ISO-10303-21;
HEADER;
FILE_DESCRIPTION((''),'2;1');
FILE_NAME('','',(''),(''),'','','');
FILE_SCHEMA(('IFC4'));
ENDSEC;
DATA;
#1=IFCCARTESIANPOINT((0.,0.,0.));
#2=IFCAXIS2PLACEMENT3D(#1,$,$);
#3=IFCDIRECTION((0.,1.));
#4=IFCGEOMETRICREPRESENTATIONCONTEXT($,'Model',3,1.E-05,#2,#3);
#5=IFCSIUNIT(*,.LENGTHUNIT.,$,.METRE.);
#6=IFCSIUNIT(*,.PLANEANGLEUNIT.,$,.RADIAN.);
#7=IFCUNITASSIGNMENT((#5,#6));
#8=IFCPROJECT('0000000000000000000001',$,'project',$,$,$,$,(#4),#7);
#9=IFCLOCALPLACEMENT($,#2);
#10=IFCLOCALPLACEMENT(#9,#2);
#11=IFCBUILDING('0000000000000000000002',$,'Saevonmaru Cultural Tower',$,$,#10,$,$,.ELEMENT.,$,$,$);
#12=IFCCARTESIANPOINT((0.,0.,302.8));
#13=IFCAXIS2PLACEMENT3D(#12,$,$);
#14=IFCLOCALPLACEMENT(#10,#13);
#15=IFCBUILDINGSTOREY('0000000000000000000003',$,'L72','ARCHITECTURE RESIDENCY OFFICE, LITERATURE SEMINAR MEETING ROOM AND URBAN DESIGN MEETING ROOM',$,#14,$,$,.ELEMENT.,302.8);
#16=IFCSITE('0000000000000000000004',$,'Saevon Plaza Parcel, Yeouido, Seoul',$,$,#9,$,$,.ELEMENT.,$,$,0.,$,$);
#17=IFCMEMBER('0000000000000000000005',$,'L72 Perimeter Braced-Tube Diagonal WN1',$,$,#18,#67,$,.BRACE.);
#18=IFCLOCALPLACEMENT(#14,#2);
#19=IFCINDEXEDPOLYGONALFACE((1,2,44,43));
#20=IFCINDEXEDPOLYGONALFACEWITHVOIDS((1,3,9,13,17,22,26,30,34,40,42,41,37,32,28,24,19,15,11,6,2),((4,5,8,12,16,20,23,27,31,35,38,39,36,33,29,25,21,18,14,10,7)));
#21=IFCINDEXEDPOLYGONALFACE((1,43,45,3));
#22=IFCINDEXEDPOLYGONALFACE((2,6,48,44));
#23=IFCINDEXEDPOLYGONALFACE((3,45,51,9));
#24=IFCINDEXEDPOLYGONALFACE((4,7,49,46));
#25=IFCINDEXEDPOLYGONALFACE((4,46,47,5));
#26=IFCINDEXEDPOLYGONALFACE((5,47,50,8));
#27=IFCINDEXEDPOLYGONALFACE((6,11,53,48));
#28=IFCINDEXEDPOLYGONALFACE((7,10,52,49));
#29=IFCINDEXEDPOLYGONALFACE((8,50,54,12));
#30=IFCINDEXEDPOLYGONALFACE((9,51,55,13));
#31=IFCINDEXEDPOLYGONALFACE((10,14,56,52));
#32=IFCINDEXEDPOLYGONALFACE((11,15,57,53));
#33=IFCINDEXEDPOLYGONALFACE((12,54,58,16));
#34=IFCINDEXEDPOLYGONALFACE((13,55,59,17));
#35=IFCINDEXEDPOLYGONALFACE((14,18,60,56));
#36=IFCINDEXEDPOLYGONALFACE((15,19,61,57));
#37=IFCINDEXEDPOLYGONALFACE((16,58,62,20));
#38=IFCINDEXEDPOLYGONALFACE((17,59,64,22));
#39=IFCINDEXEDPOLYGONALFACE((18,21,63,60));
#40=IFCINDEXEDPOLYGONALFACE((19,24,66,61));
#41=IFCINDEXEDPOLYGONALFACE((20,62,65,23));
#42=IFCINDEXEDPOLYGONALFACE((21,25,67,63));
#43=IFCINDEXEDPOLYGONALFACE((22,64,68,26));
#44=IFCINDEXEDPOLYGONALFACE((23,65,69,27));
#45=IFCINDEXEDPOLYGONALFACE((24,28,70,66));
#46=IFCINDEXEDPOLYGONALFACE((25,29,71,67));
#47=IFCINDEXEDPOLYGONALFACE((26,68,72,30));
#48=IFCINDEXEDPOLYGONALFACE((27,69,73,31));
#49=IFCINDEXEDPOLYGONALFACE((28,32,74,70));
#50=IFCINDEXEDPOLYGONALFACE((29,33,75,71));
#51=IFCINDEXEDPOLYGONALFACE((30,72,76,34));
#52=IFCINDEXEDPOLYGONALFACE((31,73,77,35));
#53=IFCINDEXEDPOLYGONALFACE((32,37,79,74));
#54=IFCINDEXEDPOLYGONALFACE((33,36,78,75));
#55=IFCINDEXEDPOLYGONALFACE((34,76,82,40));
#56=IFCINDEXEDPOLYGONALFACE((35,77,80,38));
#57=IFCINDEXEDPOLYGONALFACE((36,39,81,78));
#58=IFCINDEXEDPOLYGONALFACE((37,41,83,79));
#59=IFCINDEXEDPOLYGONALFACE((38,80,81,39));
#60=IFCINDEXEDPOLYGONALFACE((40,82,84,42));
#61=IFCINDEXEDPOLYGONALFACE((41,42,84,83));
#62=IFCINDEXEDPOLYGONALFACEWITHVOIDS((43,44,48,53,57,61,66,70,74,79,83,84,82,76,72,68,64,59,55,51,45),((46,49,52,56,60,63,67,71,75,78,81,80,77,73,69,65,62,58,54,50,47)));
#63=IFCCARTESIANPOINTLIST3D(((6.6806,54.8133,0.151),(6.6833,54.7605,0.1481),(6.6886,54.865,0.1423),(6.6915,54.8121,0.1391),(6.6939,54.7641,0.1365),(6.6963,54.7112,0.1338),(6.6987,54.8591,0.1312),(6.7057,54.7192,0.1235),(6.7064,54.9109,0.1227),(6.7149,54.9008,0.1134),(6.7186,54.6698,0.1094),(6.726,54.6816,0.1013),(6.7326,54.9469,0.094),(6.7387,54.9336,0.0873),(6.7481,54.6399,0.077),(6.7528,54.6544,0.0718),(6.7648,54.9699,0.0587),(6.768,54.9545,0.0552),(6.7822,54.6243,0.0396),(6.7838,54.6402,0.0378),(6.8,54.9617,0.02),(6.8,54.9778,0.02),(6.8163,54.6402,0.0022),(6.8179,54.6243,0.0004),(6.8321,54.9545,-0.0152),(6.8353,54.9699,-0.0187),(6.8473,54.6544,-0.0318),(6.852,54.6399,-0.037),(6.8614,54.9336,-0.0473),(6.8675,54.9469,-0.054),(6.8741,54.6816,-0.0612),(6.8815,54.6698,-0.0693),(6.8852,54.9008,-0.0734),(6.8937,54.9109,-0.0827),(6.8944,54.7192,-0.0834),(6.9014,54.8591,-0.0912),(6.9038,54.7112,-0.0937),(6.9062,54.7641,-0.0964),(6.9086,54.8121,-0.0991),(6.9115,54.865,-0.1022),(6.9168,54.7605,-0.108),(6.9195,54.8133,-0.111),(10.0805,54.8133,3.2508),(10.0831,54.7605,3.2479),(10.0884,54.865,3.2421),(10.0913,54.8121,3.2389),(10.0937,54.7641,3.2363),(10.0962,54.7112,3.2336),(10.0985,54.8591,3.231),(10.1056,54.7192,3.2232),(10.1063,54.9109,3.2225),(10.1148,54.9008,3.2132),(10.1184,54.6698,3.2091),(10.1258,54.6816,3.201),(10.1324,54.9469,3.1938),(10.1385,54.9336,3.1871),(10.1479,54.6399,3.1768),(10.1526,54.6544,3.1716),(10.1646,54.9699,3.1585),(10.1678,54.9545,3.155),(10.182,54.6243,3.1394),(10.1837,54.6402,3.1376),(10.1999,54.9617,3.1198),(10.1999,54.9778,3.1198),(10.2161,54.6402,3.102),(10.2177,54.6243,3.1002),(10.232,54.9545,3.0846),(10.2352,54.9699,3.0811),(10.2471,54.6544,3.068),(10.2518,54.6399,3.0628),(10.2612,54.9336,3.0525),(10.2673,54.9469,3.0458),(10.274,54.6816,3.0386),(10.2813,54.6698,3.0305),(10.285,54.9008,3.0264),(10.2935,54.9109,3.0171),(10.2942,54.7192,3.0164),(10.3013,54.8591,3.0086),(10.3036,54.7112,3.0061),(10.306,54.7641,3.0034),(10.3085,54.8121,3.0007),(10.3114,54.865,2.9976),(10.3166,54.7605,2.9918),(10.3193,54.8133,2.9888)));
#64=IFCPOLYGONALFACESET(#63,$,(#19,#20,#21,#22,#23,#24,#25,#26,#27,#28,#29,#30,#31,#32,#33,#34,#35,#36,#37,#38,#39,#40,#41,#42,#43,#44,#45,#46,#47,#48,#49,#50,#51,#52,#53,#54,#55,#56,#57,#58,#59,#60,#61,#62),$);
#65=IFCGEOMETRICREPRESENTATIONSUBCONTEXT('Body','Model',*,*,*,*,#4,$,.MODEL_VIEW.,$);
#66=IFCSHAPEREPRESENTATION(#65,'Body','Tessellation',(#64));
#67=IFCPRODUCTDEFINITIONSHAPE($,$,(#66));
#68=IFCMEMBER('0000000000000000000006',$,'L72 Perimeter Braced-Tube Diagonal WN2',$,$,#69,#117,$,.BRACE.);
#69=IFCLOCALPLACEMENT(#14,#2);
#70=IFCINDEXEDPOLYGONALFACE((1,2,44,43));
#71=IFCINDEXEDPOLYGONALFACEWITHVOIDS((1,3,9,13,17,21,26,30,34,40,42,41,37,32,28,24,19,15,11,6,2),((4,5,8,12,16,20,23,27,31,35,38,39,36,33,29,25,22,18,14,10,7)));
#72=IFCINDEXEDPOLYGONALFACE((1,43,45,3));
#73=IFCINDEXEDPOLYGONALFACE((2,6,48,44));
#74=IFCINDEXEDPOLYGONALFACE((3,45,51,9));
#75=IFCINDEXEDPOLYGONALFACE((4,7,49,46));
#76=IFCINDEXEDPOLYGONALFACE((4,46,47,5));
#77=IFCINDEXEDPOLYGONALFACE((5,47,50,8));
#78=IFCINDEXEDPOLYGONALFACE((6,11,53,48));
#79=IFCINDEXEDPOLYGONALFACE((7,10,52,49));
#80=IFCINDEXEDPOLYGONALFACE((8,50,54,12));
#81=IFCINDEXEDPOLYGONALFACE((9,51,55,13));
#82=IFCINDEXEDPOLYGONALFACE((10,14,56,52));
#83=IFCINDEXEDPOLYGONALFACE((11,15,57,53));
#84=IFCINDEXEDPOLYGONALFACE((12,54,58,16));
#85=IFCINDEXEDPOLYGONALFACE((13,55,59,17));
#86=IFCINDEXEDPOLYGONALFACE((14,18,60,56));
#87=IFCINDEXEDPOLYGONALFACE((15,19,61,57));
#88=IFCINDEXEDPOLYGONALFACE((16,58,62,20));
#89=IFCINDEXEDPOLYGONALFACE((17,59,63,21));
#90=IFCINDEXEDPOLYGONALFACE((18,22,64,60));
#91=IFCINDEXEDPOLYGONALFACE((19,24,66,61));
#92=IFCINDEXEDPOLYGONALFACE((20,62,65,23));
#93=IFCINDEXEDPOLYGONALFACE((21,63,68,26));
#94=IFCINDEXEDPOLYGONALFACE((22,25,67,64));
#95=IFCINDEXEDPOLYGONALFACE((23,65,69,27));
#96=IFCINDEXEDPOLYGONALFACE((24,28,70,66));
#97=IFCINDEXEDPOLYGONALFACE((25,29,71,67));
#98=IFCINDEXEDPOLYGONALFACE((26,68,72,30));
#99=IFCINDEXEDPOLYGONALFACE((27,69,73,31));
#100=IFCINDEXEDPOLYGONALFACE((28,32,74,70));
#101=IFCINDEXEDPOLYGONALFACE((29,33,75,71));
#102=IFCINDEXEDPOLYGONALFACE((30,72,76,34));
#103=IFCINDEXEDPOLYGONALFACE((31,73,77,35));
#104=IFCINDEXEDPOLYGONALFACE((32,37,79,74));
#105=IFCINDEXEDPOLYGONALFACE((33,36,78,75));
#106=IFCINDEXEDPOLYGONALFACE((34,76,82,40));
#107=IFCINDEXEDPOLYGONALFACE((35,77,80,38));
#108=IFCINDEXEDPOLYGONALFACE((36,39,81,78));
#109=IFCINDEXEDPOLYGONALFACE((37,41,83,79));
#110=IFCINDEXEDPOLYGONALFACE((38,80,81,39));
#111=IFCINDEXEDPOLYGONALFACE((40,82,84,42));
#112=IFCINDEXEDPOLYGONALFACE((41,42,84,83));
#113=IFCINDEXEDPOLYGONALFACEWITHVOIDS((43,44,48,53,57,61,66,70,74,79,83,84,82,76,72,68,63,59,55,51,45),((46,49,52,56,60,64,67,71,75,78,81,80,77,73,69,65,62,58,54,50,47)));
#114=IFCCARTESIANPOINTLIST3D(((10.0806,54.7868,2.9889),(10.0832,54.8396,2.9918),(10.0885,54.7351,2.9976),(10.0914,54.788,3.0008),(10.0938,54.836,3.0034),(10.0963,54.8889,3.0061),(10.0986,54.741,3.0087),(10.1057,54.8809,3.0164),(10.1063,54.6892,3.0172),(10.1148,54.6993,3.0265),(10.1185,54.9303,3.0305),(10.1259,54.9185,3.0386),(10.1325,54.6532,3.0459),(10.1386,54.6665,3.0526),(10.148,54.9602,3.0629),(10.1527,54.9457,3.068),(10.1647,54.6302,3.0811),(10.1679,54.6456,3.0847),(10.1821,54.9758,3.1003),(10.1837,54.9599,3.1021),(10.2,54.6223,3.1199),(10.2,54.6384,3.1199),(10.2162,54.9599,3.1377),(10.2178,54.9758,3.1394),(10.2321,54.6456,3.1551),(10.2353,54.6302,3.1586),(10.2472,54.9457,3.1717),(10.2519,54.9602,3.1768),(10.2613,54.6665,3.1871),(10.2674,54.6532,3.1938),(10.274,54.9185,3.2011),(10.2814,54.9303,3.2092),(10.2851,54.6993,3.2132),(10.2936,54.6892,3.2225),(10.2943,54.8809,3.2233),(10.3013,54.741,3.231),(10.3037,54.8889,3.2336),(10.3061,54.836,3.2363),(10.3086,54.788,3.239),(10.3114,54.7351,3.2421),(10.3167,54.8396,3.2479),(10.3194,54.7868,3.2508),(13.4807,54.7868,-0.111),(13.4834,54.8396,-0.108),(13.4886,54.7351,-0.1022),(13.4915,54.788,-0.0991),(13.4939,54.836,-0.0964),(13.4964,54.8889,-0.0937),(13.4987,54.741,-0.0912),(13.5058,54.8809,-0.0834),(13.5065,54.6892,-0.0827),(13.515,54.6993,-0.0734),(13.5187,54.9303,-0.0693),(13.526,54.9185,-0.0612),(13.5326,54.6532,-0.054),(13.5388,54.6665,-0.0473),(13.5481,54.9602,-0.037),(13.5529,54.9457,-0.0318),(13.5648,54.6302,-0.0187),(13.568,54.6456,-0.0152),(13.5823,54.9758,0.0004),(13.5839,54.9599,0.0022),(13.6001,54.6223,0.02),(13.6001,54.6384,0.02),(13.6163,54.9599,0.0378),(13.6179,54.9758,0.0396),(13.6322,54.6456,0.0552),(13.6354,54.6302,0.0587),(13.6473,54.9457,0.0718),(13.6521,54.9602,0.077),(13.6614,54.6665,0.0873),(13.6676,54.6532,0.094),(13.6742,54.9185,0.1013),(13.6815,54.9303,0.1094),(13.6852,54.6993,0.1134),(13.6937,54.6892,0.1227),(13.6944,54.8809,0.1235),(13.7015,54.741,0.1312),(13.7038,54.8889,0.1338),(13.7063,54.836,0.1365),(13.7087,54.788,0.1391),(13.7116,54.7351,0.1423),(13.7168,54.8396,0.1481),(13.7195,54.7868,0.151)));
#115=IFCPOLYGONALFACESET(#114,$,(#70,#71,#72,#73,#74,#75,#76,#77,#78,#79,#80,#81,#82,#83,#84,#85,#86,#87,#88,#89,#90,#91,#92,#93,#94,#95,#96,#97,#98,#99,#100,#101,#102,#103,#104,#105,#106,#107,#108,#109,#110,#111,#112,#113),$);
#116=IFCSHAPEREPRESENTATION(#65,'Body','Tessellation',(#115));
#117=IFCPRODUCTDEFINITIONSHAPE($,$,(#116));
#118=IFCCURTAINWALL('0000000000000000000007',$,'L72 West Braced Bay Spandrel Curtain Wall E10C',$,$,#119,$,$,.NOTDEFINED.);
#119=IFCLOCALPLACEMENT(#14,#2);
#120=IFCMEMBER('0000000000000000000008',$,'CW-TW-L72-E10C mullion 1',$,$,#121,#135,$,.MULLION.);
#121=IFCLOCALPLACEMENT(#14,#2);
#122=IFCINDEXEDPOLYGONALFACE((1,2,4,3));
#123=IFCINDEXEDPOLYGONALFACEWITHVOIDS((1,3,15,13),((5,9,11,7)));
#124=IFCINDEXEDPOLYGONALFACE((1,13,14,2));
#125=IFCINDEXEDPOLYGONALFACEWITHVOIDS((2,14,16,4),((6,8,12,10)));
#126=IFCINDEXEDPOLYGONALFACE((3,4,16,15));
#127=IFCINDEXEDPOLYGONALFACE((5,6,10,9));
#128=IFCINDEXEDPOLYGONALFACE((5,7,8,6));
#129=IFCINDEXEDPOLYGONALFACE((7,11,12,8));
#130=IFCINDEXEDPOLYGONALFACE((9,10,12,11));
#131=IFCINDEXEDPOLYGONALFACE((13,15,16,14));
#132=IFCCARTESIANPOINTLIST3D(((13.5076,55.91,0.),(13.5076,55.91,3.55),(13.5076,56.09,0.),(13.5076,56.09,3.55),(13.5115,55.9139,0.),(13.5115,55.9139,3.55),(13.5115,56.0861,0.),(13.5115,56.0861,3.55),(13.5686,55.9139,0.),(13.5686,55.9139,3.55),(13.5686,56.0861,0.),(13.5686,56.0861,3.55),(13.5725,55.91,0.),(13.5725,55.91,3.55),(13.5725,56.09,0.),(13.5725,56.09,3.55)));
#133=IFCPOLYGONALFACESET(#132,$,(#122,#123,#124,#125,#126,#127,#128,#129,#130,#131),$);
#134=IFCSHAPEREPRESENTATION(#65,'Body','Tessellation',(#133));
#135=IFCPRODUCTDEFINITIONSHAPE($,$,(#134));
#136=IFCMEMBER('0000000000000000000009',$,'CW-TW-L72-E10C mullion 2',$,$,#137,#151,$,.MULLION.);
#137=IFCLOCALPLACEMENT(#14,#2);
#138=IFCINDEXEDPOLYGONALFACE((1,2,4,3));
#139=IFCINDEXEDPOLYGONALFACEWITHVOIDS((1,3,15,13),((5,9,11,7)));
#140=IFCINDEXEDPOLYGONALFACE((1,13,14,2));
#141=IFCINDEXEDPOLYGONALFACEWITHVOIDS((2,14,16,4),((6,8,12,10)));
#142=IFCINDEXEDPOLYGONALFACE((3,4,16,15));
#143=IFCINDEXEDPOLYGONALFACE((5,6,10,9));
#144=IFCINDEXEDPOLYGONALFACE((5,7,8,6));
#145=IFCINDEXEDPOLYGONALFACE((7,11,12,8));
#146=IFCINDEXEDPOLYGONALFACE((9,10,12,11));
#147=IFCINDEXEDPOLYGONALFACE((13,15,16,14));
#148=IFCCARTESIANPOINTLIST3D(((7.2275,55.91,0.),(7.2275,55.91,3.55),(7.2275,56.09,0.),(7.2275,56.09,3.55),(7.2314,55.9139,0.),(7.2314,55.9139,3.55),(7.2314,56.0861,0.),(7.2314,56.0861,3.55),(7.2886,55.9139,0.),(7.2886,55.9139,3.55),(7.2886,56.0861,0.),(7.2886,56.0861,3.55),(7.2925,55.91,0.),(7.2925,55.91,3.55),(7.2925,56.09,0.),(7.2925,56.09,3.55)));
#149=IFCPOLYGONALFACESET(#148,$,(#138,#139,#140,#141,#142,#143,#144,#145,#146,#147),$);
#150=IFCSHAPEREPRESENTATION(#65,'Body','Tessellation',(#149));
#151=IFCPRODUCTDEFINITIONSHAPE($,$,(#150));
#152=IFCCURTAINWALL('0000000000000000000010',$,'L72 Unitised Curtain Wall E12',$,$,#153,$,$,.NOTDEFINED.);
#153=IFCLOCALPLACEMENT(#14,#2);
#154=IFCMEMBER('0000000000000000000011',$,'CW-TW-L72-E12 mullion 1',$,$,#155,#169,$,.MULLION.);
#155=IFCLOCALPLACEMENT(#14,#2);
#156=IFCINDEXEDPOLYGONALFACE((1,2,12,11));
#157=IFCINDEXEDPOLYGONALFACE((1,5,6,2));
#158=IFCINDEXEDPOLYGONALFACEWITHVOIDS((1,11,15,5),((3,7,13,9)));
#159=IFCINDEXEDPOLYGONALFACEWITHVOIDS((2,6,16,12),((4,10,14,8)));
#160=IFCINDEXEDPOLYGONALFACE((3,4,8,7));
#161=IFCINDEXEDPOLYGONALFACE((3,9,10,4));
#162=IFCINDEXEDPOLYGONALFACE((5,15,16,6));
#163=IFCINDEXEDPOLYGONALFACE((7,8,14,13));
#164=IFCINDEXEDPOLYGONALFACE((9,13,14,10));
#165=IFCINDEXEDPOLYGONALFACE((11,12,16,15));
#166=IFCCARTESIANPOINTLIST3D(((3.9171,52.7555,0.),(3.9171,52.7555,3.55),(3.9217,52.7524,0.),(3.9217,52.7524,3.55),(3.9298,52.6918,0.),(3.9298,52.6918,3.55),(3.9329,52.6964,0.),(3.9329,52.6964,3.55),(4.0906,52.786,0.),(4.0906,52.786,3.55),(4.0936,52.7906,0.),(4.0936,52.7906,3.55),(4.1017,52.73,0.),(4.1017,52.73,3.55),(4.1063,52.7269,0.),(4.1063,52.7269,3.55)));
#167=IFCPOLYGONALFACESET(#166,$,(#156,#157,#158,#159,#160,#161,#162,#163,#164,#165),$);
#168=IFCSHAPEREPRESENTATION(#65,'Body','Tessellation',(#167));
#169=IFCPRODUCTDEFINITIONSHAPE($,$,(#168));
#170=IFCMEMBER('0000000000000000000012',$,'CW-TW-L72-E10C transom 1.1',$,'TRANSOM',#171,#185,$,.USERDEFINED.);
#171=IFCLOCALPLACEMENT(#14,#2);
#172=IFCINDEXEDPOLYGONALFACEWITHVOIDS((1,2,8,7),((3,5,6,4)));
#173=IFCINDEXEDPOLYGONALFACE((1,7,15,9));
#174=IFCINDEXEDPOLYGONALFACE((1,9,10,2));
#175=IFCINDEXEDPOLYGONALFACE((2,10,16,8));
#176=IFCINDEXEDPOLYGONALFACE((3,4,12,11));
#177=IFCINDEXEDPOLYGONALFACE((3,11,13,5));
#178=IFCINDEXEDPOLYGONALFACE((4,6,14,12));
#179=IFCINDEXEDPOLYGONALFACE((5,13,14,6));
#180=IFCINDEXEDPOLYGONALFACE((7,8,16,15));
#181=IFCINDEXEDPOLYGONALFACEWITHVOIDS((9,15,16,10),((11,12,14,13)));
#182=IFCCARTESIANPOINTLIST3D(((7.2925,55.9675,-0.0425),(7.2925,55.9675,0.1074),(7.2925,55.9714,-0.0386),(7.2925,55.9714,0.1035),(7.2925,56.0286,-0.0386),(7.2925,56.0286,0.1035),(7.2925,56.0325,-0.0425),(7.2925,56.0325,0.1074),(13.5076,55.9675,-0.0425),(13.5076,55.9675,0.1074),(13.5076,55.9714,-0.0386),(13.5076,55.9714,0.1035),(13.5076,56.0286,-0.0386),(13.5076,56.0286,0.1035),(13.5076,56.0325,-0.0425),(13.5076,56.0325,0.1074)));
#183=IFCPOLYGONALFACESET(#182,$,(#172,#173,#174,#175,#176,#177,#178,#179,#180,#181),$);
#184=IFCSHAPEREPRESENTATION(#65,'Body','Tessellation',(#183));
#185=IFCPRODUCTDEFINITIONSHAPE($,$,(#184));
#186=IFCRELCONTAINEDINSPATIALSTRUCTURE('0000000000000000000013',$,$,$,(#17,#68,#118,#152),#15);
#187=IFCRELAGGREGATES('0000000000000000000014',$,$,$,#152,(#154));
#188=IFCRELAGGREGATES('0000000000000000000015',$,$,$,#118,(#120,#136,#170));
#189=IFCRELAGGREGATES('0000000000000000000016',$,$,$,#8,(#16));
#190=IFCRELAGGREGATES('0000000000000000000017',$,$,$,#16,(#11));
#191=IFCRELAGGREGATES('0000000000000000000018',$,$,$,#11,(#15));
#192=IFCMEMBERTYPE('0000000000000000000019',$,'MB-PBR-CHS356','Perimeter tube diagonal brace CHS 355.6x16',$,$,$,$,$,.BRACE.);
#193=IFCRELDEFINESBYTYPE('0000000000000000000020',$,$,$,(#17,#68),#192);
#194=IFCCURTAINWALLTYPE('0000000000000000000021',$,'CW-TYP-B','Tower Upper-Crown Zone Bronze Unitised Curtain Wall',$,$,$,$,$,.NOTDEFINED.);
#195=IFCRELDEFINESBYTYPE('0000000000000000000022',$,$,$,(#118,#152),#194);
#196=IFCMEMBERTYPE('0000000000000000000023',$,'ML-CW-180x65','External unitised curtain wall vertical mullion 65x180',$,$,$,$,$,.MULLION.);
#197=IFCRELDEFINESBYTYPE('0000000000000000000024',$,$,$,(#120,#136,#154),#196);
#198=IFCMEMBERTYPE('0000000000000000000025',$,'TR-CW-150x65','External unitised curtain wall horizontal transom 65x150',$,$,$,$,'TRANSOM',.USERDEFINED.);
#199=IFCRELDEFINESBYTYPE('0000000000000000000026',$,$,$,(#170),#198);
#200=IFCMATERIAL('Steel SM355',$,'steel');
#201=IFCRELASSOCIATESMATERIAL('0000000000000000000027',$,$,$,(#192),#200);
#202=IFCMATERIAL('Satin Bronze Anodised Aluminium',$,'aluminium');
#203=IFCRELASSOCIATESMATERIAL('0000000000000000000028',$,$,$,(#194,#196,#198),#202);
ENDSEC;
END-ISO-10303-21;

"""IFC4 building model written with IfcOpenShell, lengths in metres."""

from ifc_helpers import new_model, si_unit, direction, frame, origin, origin_2d, place, context, subcontext, project, spatial, hollow_rectangle, hollow_circle, extrude, material, material_profile, profile_set, type_object, element, aggregate, save


model = new_model("IFC4")

# Units and contexts
model_context = context("Model", 3, precision=1e-05, world=origin(), true_north=direction((0.0, 1.0)))
body_context = subcontext(model_context, "Body", "Model", "MODEL_VIEW")
ifc_project = project(units=[si_unit("LENGTHUNIT", "METRE"), si_unit("PLANEANGLEUNIT", "RADIAN")], contexts=[model_context])

# Site, building, storey
site_placement = place(None, origin())
site = spatial("IfcSite", under=ifc_project, at=site_placement, Name="Saevon Plaza Parcel, Yeouido, Seoul", CompositionType="ELEMENT", RefElevation=0.0)
building_placement = place(site_placement, origin())
building = spatial("IfcBuilding", under=site, at=building_placement, Name="Saevonmaru Cultural Tower", CompositionType="ELEMENT")
storey_placement = place(building_placement, frame((0.0, 0.0, 302.8)))
storey = spatial("IfcBuildingStorey", under=building, at=storey_placement, Name="L72", Description="ARCHITECTURE RESIDENCY OFFICE, LITERATURE SEMINAR MEETING ROOM AND URBAN DESIGN MEETING ROOM", CompositionType="ELEMENT", Elevation=302.8)

# Shared definitions
ifc_material_1 = material(Name="Steel SM355", Category="steel")

# Members
ifc_material_profile_1 = material_profile(ifc_material_1, hollow_circle(Radius=0.1777, WallThickness=0.0161, at=origin_2d()), Name="CHS-355.6x16")
ifc_profile_set_1 = profile_set([ifc_material_profile_1], Name="Steel SM355")
member_type_1 = type_object("IfcMemberType", Name="MB-PBR-CHS356", Description="Perimeter tube diagonal brace CHS 355.6x16", PredefinedType="BRACE", material=ifc_profile_set_1)
member_1_placement = place(storey_placement, frame((6.8, 54.8, 0.02), z_axis=(0.738962, 0.0, 0.673747), x_axis=(0.0, 1.0, 0.0)))
element("IfcMember", 1, at=member_1_placement, inside=storey, type_object=member_type_1, Name="L72 Perimeter Braced-Tube Diagonal WN1", PredefinedType="BRACE", context=body_context, shape_type="SweptSolid", body=[
    extrude(hollow_circle(Radius=0.1777, WallThickness=0.0161, at=origin_2d()), origin(), (0.0, 0.0, 1.0), 4.6008),
])
member_2_placement = place(storey_placement, frame((13.6001, 54.8, 0.02), z_axis=(-0.738986, 0.0, 0.673721), x_axis=(0.0, -1.0, 0.0)))
element("IfcMember", 2, at=member_2_placement, inside=storey, type_object=member_type_1, Name="L72 Perimeter Braced-Tube Diagonal WN2", PredefinedType="BRACE", context=body_context, shape_type="SweptSolid", body=[
    extrude(hollow_circle(Radius=0.1777, WallThickness=0.0161, at=origin_2d()), origin(), (0.0, 0.0, 1.0), 4.6011),
])

# Curtain wall, members
ifc_material_2 = material(Name="Satin Bronze Anodised Aluminium", Category="aluminium")
curtain_wall_type = type_object("IfcCurtainWallType", Name="CW-TYP-B", Description="Tower Upper-Crown Zone Bronze Unitised Curtain Wall", PredefinedType="NOTDEFINED", material=ifc_material_2)
curtain_wall_1_placement = place(storey_placement, origin())
curtain_wall_1 = element("IfcCurtainWall", 3, at=curtain_wall_1_placement, inside=storey, type_object=curtain_wall_type, Name="L72 West Braced Bay Spandrel Curtain Wall E10C", PredefinedType="NOTDEFINED")
ifc_material_profile_2 = material_profile(ifc_material_2, hollow_rectangle(XDim=0.0649, YDim=0.1799, WallThickness=0.0039, at=origin_2d()), Name="ALU-MULL-180x65x4")
ifc_profile_set_2 = profile_set([ifc_material_profile_2], Name="Satin Bronze Anodised Aluminium")
member_type_2 = type_object("IfcMemberType", Name="ML-CW-180x65", Description="External unitised curtain wall vertical mullion 65x180", PredefinedType="MULLION", material=ifc_profile_set_2)
member_3_placement = place(storey_placement, frame((13.54, 56.0, 0.0), z_axis=(0.0, 0.0, 1.0), x_axis=(-1.0, 0.0, 0.0)))
member_3 = element("IfcMember", 4, at=member_3_placement, type_object=member_type_2, Name="CW-TW-L72-E10C mullion 1", PredefinedType="MULLION", context=body_context, shape_type="SweptSolid", body=[
    extrude(hollow_rectangle(XDim=0.0649, YDim=0.1799, WallThickness=0.0039, at=origin_2d()), origin(), (0.0, 0.0, 1.0), 3.55),
])
member_4_placement = place(storey_placement, frame((7.26, 56.0, 0.0), z_axis=(0.0, 0.0, 1.0), x_axis=(-1.0, 0.0, 0.0)))
member_4 = element("IfcMember", 5, at=member_4_placement, type_object=member_type_2, Name="CW-TW-L72-E10C mullion 2", PredefinedType="MULLION", context=body_context, shape_type="SweptSolid", body=[
    extrude(hollow_rectangle(XDim=0.0649, YDim=0.1799, WallThickness=0.0039, at=origin_2d()), origin(), (0.0, 0.0, 1.0), 3.55),
])

# Curtain wall, member
curtain_wall_2_placement = place(storey_placement, origin())
curtain_wall_2 = element("IfcCurtainWall", 6, at=curtain_wall_2_placement, inside=storey, type_object=curtain_wall_type, Name="L72 Unitised Curtain Wall E12", PredefinedType="NOTDEFINED")
member_5_placement = place(storey_placement, frame((4.0117, 52.7412, 0.0), z_axis=(0.0, 0.0, 1.0), x_axis=(0.195005, -0.980802, 0.0)))
member_5 = element("IfcMember", 7, at=member_5_placement, type_object=member_type_2, Name="CW-TW-L72-E12 mullion 1", PredefinedType="MULLION", context=body_context, shape_type="SweptSolid", body=[
    extrude(hollow_rectangle(XDim=0.0649, YDim=0.1799, WallThickness=0.0039, at=origin_2d()), origin(), (0.0, 0.0, 1.0), 3.55),
])

# Member
ifc_material_profile_3 = material_profile(ifc_material_2, hollow_rectangle(XDim=0.0649, YDim=0.1499, WallThickness=0.0039, at=origin_2d()), Name="ALU-TRAN-150x65x4")
ifc_profile_set_3 = profile_set([ifc_material_profile_3], Name="Satin Bronze Anodised Aluminium")
member_type_3 = type_object("IfcMemberType", Name="TR-CW-150x65", Description="External unitised curtain wall horizontal transom 65x150", ElementType="TRANSOM", PredefinedType="USERDEFINED", material=ifc_profile_set_3)
member_6_placement = place(storey_placement, frame((13.5076, 56.0, 0.0325), z_axis=(-1.0, 0.0, 0.0), x_axis=(0.0, -1.0, 0.0)))
member_6 = element("IfcMember", 8, at=member_6_placement, type_object=member_type_3, Name="CW-TW-L72-E10C transom 1.1", ObjectType="TRANSOM", PredefinedType="USERDEFINED", context=body_context, shape_type="SweptSolid", body=[
    extrude(hollow_rectangle(XDim=0.0649, YDim=0.1499, WallThickness=0.0039, at=origin_2d()), origin(), (0.0, 0.0, 1.0), 6.2151),
])

aggregate(curtain_wall_2, [member_5])
aggregate(curtain_wall_1, [member_3, member_4, member_6])

save(model, "model.ifc")
